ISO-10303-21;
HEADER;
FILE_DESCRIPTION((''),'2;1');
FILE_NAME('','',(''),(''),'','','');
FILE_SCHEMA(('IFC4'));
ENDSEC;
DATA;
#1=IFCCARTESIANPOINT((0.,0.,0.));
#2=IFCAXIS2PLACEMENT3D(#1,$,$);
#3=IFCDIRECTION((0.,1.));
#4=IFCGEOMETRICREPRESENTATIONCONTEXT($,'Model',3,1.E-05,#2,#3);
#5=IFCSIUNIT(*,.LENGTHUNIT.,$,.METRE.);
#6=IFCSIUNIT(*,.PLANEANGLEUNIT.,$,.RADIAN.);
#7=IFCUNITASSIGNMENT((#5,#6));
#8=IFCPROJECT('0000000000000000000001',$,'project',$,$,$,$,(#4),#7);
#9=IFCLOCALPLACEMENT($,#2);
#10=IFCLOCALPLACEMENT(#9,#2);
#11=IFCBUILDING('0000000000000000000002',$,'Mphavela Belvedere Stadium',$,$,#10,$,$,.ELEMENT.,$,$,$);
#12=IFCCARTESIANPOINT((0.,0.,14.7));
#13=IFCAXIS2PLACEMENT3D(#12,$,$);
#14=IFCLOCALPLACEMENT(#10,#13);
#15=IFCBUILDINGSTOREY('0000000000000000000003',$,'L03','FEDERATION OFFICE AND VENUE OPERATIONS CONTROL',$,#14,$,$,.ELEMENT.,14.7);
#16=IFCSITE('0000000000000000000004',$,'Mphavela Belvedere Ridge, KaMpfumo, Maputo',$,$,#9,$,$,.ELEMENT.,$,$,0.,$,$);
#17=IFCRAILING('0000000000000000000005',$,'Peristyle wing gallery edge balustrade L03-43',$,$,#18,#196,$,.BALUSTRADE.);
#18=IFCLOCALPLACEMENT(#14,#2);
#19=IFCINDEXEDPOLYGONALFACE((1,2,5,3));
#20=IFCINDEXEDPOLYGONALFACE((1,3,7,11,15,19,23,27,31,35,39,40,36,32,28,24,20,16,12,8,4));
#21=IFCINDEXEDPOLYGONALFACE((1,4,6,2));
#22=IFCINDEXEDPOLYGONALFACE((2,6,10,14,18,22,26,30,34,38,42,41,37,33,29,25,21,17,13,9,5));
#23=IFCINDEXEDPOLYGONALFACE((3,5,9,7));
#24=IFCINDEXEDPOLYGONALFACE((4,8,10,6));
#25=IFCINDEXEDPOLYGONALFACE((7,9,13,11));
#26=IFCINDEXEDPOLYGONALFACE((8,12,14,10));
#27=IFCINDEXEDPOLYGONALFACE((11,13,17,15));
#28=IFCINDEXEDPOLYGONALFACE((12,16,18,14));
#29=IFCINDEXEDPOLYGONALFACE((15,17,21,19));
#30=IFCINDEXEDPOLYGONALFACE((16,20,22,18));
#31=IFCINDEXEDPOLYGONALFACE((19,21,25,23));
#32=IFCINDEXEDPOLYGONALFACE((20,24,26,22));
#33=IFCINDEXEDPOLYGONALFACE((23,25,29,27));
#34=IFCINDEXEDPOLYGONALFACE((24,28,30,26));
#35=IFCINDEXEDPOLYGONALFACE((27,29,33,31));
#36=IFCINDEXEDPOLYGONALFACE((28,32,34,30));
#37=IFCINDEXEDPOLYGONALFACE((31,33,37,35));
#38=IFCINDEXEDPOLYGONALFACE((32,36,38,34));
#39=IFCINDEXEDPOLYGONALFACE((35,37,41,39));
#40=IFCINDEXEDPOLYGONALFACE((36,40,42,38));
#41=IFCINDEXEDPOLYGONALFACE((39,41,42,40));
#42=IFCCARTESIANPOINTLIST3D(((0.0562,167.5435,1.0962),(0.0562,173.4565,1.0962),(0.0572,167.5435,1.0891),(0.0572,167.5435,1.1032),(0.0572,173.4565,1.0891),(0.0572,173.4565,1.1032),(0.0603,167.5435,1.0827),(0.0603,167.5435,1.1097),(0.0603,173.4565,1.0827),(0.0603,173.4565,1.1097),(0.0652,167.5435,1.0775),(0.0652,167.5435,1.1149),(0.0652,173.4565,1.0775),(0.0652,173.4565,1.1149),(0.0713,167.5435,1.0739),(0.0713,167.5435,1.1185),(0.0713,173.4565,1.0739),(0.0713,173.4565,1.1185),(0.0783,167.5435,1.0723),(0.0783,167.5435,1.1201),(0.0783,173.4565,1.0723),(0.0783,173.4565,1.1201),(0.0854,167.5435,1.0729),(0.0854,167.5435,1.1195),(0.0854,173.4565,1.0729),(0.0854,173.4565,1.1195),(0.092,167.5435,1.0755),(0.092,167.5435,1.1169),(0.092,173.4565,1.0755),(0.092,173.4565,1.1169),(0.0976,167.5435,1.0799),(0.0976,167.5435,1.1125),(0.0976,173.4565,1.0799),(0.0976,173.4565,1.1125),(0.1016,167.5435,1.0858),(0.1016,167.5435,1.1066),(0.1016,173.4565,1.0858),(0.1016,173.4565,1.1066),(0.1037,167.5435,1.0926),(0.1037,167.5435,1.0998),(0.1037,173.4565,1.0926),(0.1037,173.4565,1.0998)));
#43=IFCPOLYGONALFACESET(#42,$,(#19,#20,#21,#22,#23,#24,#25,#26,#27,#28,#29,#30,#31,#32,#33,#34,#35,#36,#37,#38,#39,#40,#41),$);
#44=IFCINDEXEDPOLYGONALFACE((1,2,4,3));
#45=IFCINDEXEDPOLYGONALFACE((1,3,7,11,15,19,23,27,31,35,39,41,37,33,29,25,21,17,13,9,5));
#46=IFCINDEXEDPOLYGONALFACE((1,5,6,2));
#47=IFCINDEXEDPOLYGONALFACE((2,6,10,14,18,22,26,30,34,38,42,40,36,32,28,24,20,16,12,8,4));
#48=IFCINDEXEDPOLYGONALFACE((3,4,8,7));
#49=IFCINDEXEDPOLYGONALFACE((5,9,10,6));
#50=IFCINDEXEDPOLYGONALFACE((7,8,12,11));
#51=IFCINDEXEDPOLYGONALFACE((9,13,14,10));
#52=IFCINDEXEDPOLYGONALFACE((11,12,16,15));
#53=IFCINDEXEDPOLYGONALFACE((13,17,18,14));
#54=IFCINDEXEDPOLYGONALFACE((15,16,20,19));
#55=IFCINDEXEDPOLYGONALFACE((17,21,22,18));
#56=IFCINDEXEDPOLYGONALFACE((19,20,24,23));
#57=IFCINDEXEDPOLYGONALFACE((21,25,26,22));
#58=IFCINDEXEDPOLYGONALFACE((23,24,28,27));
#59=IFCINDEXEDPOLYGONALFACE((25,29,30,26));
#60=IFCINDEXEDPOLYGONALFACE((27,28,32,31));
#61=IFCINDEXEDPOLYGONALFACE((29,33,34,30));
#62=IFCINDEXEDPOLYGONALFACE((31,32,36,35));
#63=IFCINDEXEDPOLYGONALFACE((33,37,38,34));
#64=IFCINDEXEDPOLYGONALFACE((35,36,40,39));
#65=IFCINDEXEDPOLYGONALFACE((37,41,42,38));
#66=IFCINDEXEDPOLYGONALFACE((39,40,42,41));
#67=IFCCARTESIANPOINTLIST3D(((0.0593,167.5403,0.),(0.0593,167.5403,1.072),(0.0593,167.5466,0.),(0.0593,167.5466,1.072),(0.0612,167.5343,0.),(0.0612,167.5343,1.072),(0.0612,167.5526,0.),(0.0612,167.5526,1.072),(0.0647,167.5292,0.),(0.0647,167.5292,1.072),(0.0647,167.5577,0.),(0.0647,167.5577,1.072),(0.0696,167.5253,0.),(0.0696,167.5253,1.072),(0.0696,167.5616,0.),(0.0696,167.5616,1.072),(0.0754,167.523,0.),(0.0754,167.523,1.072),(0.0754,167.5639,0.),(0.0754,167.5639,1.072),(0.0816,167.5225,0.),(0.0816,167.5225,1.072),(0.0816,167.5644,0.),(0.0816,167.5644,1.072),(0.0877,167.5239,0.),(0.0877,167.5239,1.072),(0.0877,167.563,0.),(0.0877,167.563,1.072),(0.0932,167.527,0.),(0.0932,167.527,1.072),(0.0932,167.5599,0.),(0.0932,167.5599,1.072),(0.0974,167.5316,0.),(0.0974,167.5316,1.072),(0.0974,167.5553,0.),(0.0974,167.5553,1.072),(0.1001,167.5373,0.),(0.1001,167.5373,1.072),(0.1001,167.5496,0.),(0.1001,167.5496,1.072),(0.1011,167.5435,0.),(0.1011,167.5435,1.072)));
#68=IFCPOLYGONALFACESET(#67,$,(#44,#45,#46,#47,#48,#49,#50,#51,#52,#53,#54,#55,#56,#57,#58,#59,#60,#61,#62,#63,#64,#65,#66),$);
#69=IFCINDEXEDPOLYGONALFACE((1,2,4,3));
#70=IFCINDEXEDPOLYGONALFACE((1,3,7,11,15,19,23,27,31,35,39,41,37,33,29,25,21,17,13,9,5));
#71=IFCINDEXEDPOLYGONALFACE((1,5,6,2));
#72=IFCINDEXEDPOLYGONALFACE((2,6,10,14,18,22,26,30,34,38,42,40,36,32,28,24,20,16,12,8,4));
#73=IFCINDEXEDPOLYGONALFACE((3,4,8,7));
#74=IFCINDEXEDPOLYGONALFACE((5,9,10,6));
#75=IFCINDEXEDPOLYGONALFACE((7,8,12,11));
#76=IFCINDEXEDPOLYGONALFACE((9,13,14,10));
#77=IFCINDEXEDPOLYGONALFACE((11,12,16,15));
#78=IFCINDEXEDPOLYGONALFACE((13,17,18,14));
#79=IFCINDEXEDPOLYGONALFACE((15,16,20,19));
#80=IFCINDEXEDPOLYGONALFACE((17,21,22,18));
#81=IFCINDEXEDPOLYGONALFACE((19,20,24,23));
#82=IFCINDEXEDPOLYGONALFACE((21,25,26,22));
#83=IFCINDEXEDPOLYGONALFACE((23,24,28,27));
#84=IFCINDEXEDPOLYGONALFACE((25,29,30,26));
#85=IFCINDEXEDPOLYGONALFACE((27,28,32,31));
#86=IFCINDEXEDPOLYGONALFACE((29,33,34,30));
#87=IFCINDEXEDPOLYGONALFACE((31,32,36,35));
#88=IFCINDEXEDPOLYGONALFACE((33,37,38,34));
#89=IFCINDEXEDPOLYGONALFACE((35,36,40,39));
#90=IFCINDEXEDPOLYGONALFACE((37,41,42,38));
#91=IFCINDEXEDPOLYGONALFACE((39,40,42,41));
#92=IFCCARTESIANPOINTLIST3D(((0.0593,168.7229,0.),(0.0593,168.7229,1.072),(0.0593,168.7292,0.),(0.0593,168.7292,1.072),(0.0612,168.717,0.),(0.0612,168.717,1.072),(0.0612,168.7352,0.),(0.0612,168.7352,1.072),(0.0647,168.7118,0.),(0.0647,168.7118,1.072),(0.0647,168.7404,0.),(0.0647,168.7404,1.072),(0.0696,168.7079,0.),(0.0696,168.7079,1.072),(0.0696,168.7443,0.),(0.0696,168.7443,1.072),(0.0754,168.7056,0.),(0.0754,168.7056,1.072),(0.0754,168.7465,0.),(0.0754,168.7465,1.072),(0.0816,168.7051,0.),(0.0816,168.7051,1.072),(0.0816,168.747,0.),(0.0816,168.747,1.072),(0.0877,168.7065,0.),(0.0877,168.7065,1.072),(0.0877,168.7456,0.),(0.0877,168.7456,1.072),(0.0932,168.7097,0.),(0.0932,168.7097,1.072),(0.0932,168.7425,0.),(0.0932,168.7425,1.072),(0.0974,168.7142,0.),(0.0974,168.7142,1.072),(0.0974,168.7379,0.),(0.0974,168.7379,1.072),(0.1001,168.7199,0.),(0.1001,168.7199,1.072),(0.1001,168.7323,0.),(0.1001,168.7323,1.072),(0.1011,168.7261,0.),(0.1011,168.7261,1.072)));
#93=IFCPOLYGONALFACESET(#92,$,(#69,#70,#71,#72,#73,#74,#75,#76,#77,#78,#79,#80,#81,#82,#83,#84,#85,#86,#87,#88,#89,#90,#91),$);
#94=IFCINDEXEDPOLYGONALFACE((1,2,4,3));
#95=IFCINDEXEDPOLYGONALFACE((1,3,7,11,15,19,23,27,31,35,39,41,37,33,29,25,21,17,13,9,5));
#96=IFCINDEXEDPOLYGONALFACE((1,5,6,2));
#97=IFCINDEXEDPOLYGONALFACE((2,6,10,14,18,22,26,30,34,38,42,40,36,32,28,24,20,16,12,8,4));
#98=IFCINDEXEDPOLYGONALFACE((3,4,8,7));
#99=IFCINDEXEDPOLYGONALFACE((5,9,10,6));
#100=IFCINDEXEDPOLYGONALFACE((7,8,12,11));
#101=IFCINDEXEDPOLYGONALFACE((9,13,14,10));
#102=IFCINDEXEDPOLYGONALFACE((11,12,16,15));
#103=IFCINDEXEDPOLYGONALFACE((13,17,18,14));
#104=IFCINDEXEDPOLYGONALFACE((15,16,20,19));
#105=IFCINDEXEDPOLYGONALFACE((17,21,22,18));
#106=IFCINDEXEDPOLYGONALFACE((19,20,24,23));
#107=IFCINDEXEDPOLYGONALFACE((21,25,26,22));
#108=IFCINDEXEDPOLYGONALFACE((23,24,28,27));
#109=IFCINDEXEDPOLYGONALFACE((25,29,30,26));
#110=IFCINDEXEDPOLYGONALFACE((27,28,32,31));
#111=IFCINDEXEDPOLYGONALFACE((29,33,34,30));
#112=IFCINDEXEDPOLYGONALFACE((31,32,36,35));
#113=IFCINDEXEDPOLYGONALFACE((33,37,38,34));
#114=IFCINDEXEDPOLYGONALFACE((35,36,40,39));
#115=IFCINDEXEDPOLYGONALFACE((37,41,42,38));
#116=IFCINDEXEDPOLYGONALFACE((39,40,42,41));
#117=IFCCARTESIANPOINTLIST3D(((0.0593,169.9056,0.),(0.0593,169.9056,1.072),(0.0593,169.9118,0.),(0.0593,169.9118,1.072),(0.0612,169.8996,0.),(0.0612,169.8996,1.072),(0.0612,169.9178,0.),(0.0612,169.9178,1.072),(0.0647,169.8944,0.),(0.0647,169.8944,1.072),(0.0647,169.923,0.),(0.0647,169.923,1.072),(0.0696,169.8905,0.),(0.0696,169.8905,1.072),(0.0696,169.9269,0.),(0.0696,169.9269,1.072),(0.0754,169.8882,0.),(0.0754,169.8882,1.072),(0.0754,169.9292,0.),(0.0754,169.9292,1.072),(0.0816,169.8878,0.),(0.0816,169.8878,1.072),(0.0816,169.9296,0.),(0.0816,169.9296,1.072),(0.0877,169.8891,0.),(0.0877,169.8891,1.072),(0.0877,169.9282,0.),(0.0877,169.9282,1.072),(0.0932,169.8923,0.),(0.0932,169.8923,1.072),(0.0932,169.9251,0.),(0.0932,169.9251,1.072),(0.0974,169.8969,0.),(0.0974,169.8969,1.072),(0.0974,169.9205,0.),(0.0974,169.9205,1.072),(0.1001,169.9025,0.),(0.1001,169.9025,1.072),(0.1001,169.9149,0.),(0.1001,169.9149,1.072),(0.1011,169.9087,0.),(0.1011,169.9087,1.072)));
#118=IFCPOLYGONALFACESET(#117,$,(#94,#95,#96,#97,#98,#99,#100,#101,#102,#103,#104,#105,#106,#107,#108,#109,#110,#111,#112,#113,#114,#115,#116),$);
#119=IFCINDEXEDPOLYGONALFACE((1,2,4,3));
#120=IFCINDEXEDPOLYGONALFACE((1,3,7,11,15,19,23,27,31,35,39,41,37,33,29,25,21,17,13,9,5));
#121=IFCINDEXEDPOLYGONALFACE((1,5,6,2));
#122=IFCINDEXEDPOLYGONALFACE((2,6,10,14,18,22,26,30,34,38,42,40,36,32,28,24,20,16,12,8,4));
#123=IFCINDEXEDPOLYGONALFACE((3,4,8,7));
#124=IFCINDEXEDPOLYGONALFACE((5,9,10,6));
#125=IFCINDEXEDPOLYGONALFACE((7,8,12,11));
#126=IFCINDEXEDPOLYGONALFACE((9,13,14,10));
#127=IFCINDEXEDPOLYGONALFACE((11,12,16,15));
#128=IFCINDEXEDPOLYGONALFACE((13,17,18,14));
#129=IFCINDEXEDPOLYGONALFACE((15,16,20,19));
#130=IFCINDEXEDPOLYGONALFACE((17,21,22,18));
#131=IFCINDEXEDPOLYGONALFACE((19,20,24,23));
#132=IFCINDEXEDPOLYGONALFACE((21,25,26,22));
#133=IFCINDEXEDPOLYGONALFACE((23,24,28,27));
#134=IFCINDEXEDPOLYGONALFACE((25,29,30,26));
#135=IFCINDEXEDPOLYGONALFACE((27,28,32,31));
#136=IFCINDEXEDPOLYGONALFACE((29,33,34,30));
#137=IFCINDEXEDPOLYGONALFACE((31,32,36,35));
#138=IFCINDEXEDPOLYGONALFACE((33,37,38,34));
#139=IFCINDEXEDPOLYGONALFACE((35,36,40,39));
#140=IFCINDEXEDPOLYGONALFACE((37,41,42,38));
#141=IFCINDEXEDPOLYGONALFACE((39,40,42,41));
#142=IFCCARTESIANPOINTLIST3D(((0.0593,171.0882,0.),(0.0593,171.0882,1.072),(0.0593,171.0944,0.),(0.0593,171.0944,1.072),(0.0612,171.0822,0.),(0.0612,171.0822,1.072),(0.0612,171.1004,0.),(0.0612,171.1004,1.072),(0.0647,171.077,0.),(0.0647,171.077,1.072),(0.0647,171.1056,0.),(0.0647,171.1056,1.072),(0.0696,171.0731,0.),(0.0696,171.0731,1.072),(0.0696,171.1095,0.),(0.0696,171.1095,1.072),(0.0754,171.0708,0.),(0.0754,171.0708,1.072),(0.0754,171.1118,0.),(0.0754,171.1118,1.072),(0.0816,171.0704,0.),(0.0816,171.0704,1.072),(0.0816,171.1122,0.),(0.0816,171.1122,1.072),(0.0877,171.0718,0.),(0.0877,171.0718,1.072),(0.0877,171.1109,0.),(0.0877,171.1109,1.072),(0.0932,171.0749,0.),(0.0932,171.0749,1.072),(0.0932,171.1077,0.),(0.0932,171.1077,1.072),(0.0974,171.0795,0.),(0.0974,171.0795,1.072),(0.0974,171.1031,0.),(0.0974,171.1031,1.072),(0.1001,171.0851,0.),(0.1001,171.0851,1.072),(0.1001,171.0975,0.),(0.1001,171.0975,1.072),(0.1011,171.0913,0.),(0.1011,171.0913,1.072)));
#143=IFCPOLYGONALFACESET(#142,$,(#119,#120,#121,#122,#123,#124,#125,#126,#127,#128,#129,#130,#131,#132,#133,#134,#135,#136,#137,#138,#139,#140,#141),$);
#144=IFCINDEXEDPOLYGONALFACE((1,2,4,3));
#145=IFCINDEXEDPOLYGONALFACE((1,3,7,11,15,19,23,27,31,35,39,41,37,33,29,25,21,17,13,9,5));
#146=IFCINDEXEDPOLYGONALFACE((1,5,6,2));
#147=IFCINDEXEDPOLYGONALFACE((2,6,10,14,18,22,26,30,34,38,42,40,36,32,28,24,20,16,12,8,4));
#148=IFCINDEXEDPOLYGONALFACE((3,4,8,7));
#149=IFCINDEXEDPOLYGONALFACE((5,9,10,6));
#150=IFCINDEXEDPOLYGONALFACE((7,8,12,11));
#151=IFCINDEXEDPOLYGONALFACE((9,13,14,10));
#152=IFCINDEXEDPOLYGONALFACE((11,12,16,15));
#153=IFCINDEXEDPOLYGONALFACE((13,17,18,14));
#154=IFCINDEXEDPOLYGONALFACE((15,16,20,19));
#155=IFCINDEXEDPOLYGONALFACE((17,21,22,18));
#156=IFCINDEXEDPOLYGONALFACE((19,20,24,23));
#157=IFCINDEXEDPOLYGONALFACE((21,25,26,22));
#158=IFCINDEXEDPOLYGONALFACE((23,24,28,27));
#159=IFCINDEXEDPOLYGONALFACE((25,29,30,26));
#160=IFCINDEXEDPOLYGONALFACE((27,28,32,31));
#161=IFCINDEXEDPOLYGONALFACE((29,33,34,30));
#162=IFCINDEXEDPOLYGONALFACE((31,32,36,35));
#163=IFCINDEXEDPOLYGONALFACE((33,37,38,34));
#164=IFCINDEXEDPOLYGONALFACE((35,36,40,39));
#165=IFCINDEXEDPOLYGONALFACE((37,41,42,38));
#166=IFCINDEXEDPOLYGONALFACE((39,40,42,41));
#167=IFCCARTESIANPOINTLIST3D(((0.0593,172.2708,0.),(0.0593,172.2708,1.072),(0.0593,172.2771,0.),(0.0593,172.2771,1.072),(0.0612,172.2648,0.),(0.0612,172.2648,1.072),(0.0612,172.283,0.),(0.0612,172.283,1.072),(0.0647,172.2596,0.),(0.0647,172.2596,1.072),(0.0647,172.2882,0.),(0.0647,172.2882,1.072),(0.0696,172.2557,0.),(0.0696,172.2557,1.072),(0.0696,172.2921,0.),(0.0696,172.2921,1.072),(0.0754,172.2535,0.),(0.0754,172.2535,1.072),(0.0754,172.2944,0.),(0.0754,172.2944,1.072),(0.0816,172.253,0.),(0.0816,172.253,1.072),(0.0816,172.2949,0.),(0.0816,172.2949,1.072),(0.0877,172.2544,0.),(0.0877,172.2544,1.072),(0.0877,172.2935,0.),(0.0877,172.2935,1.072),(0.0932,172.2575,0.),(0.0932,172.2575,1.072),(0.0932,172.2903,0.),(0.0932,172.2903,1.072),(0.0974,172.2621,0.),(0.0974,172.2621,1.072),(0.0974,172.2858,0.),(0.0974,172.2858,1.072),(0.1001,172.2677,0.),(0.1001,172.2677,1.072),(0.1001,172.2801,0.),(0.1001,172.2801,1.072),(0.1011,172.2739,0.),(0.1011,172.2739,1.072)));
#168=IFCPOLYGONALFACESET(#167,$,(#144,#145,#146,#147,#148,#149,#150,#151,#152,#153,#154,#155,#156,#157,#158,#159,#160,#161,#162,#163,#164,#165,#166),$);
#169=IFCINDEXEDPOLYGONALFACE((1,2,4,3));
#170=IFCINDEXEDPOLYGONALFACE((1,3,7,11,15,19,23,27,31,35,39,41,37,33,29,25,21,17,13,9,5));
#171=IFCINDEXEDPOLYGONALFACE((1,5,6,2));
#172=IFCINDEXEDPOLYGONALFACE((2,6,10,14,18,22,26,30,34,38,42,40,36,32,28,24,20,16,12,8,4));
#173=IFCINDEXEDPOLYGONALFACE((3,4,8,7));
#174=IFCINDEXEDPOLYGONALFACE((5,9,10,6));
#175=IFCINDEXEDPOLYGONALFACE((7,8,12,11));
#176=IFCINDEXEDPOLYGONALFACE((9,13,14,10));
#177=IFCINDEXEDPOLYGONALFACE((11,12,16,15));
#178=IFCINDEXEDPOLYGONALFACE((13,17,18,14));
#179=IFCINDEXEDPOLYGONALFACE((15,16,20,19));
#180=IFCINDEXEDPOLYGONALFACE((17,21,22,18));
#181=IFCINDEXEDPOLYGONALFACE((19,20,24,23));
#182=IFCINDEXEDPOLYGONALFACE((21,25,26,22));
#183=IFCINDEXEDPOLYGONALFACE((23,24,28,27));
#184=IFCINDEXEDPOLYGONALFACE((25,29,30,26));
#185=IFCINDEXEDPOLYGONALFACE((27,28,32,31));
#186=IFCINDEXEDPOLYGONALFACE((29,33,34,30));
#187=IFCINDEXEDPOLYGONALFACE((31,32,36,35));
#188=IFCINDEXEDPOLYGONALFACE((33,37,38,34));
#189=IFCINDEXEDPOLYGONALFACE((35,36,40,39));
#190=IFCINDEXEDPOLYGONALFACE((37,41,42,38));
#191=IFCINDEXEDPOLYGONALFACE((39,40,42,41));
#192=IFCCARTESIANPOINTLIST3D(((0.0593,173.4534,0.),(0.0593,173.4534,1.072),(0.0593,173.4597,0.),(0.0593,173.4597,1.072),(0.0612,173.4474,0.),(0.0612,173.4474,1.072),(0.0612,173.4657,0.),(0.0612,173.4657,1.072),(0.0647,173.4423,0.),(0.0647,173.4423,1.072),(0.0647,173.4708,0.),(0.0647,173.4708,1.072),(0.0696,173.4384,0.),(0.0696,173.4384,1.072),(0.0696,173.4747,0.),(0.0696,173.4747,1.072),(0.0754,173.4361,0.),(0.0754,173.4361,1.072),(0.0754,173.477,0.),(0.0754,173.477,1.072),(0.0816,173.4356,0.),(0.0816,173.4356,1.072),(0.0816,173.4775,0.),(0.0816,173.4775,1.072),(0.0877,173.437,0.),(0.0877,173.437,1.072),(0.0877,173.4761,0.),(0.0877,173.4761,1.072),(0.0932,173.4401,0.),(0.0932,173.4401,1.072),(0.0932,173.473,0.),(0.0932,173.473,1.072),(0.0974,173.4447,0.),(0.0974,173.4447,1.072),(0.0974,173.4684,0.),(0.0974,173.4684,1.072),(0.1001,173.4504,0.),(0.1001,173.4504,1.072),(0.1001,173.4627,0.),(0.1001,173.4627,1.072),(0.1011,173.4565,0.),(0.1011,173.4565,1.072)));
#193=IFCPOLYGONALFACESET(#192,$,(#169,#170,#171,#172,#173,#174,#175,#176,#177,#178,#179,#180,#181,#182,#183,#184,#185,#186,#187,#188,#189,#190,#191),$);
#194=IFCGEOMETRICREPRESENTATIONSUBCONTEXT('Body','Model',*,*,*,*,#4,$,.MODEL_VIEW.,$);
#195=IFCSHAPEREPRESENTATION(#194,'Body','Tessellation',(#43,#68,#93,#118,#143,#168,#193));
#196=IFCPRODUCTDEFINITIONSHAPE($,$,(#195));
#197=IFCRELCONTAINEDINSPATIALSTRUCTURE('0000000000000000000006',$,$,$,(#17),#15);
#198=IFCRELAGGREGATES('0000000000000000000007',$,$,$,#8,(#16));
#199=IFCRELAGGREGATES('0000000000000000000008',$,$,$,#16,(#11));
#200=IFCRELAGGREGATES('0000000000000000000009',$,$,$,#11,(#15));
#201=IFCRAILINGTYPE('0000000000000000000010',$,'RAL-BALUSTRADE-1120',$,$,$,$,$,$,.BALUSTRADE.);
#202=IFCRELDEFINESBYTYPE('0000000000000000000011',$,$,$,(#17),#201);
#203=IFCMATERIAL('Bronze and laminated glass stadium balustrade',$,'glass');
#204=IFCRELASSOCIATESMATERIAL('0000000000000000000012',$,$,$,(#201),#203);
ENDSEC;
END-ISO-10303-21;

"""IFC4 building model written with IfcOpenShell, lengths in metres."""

from ifc_helpers import new_model, si_unit, direction, frame, origin, origin_2d, place, context, subcontext, project, spatial, circle, extrude, material, type_object, element, save


model = new_model("IFC4")

# Units and contexts
model_context = context("Model", 3, precision=1e-05, world=origin(), true_north=direction((0.0, 1.0)))
body_context = subcontext(model_context, "Body", "Model", "MODEL_VIEW")
ifc_project = project(units=[si_unit("LENGTHUNIT", "METRE"), si_unit("PLANEANGLEUNIT", "RADIAN")], contexts=[model_context])

# Site, building, storey
site_placement = place(None, origin())
site = spatial("IfcSite", under=ifc_project, at=site_placement, Name="Mphavela Belvedere Ridge, KaMpfumo, Maputo", CompositionType="ELEMENT", RefElevation=0.0)
building_placement = place(site_placement, origin())
building = spatial("IfcBuilding", under=site, at=building_placement, Name="Mphavela Belvedere Stadium", CompositionType="ELEMENT")
storey_placement = place(building_placement, frame((0.0, 0.0, 14.7)))
storey = spatial("IfcBuildingStorey", under=building, at=storey_placement, Name="L03", Description="FEDERATION OFFICE AND VENUE OPERATIONS CONTROL", CompositionType="ELEMENT", Elevation=14.7)

# Railing
ifc_material_1 = material(Name="Bronze and laminated glass stadium balustrade", Category="glass")
railing_type = type_object("IfcRailingType", Name="RAL-BALUSTRADE-1120", PredefinedType="BALUSTRADE", material=ifc_material_1)
for number, where, name in (
    (1, (0.0801, 167.5435, 0.0), "Peristyle wing gallery edge balustrade L03-43"),
):
    element("IfcRailing", number, at=place(storey_placement, frame(where)), inside=storey, type_object=railing_type, Name=name, PredefinedType="BALUSTRADE", context=body_context, shape_type="SweptSolid", body=[
        extrude(circle(Radius=0.0239, at=origin_2d()), frame((0.0, 0.0, 1.0962), z_axis=(0.0, 1.0, 0.0), x_axis=(-1.0, 0.0, 0.0)), (0.0, 0.0, 1.0), 5.9131),
        extrude(circle(Radius=0.021, at=origin_2d()), origin(), (0.0, 0.0, 1.0), 1.072),
        extrude(circle(Radius=0.021, at=origin_2d()), frame((0.0, 1.1826, 0.0)), (0.0, 0.0, 1.0), 1.072),
        extrude(circle(Radius=0.021, at=origin_2d()), frame((0.0, 2.3652, 0.0)), (0.0, 0.0, 1.0), 1.072),
        extrude(circle(Radius=0.021, at=origin_2d()), frame((0.0, 3.5479, 0.0)), (0.0, 0.0, 1.0), 1.072),
        extrude(circle(Radius=0.021, at=origin_2d()), frame((0.0, 4.7305, 0.0)), (0.0, 0.0, 1.0), 1.072),
        extrude(circle(Radius=0.021, at=origin_2d()), frame((0.0, 5.9131, 0.0)), (0.0, 0.0, 1.0), 1.072),
    ])

save(model, "model.ifc")
